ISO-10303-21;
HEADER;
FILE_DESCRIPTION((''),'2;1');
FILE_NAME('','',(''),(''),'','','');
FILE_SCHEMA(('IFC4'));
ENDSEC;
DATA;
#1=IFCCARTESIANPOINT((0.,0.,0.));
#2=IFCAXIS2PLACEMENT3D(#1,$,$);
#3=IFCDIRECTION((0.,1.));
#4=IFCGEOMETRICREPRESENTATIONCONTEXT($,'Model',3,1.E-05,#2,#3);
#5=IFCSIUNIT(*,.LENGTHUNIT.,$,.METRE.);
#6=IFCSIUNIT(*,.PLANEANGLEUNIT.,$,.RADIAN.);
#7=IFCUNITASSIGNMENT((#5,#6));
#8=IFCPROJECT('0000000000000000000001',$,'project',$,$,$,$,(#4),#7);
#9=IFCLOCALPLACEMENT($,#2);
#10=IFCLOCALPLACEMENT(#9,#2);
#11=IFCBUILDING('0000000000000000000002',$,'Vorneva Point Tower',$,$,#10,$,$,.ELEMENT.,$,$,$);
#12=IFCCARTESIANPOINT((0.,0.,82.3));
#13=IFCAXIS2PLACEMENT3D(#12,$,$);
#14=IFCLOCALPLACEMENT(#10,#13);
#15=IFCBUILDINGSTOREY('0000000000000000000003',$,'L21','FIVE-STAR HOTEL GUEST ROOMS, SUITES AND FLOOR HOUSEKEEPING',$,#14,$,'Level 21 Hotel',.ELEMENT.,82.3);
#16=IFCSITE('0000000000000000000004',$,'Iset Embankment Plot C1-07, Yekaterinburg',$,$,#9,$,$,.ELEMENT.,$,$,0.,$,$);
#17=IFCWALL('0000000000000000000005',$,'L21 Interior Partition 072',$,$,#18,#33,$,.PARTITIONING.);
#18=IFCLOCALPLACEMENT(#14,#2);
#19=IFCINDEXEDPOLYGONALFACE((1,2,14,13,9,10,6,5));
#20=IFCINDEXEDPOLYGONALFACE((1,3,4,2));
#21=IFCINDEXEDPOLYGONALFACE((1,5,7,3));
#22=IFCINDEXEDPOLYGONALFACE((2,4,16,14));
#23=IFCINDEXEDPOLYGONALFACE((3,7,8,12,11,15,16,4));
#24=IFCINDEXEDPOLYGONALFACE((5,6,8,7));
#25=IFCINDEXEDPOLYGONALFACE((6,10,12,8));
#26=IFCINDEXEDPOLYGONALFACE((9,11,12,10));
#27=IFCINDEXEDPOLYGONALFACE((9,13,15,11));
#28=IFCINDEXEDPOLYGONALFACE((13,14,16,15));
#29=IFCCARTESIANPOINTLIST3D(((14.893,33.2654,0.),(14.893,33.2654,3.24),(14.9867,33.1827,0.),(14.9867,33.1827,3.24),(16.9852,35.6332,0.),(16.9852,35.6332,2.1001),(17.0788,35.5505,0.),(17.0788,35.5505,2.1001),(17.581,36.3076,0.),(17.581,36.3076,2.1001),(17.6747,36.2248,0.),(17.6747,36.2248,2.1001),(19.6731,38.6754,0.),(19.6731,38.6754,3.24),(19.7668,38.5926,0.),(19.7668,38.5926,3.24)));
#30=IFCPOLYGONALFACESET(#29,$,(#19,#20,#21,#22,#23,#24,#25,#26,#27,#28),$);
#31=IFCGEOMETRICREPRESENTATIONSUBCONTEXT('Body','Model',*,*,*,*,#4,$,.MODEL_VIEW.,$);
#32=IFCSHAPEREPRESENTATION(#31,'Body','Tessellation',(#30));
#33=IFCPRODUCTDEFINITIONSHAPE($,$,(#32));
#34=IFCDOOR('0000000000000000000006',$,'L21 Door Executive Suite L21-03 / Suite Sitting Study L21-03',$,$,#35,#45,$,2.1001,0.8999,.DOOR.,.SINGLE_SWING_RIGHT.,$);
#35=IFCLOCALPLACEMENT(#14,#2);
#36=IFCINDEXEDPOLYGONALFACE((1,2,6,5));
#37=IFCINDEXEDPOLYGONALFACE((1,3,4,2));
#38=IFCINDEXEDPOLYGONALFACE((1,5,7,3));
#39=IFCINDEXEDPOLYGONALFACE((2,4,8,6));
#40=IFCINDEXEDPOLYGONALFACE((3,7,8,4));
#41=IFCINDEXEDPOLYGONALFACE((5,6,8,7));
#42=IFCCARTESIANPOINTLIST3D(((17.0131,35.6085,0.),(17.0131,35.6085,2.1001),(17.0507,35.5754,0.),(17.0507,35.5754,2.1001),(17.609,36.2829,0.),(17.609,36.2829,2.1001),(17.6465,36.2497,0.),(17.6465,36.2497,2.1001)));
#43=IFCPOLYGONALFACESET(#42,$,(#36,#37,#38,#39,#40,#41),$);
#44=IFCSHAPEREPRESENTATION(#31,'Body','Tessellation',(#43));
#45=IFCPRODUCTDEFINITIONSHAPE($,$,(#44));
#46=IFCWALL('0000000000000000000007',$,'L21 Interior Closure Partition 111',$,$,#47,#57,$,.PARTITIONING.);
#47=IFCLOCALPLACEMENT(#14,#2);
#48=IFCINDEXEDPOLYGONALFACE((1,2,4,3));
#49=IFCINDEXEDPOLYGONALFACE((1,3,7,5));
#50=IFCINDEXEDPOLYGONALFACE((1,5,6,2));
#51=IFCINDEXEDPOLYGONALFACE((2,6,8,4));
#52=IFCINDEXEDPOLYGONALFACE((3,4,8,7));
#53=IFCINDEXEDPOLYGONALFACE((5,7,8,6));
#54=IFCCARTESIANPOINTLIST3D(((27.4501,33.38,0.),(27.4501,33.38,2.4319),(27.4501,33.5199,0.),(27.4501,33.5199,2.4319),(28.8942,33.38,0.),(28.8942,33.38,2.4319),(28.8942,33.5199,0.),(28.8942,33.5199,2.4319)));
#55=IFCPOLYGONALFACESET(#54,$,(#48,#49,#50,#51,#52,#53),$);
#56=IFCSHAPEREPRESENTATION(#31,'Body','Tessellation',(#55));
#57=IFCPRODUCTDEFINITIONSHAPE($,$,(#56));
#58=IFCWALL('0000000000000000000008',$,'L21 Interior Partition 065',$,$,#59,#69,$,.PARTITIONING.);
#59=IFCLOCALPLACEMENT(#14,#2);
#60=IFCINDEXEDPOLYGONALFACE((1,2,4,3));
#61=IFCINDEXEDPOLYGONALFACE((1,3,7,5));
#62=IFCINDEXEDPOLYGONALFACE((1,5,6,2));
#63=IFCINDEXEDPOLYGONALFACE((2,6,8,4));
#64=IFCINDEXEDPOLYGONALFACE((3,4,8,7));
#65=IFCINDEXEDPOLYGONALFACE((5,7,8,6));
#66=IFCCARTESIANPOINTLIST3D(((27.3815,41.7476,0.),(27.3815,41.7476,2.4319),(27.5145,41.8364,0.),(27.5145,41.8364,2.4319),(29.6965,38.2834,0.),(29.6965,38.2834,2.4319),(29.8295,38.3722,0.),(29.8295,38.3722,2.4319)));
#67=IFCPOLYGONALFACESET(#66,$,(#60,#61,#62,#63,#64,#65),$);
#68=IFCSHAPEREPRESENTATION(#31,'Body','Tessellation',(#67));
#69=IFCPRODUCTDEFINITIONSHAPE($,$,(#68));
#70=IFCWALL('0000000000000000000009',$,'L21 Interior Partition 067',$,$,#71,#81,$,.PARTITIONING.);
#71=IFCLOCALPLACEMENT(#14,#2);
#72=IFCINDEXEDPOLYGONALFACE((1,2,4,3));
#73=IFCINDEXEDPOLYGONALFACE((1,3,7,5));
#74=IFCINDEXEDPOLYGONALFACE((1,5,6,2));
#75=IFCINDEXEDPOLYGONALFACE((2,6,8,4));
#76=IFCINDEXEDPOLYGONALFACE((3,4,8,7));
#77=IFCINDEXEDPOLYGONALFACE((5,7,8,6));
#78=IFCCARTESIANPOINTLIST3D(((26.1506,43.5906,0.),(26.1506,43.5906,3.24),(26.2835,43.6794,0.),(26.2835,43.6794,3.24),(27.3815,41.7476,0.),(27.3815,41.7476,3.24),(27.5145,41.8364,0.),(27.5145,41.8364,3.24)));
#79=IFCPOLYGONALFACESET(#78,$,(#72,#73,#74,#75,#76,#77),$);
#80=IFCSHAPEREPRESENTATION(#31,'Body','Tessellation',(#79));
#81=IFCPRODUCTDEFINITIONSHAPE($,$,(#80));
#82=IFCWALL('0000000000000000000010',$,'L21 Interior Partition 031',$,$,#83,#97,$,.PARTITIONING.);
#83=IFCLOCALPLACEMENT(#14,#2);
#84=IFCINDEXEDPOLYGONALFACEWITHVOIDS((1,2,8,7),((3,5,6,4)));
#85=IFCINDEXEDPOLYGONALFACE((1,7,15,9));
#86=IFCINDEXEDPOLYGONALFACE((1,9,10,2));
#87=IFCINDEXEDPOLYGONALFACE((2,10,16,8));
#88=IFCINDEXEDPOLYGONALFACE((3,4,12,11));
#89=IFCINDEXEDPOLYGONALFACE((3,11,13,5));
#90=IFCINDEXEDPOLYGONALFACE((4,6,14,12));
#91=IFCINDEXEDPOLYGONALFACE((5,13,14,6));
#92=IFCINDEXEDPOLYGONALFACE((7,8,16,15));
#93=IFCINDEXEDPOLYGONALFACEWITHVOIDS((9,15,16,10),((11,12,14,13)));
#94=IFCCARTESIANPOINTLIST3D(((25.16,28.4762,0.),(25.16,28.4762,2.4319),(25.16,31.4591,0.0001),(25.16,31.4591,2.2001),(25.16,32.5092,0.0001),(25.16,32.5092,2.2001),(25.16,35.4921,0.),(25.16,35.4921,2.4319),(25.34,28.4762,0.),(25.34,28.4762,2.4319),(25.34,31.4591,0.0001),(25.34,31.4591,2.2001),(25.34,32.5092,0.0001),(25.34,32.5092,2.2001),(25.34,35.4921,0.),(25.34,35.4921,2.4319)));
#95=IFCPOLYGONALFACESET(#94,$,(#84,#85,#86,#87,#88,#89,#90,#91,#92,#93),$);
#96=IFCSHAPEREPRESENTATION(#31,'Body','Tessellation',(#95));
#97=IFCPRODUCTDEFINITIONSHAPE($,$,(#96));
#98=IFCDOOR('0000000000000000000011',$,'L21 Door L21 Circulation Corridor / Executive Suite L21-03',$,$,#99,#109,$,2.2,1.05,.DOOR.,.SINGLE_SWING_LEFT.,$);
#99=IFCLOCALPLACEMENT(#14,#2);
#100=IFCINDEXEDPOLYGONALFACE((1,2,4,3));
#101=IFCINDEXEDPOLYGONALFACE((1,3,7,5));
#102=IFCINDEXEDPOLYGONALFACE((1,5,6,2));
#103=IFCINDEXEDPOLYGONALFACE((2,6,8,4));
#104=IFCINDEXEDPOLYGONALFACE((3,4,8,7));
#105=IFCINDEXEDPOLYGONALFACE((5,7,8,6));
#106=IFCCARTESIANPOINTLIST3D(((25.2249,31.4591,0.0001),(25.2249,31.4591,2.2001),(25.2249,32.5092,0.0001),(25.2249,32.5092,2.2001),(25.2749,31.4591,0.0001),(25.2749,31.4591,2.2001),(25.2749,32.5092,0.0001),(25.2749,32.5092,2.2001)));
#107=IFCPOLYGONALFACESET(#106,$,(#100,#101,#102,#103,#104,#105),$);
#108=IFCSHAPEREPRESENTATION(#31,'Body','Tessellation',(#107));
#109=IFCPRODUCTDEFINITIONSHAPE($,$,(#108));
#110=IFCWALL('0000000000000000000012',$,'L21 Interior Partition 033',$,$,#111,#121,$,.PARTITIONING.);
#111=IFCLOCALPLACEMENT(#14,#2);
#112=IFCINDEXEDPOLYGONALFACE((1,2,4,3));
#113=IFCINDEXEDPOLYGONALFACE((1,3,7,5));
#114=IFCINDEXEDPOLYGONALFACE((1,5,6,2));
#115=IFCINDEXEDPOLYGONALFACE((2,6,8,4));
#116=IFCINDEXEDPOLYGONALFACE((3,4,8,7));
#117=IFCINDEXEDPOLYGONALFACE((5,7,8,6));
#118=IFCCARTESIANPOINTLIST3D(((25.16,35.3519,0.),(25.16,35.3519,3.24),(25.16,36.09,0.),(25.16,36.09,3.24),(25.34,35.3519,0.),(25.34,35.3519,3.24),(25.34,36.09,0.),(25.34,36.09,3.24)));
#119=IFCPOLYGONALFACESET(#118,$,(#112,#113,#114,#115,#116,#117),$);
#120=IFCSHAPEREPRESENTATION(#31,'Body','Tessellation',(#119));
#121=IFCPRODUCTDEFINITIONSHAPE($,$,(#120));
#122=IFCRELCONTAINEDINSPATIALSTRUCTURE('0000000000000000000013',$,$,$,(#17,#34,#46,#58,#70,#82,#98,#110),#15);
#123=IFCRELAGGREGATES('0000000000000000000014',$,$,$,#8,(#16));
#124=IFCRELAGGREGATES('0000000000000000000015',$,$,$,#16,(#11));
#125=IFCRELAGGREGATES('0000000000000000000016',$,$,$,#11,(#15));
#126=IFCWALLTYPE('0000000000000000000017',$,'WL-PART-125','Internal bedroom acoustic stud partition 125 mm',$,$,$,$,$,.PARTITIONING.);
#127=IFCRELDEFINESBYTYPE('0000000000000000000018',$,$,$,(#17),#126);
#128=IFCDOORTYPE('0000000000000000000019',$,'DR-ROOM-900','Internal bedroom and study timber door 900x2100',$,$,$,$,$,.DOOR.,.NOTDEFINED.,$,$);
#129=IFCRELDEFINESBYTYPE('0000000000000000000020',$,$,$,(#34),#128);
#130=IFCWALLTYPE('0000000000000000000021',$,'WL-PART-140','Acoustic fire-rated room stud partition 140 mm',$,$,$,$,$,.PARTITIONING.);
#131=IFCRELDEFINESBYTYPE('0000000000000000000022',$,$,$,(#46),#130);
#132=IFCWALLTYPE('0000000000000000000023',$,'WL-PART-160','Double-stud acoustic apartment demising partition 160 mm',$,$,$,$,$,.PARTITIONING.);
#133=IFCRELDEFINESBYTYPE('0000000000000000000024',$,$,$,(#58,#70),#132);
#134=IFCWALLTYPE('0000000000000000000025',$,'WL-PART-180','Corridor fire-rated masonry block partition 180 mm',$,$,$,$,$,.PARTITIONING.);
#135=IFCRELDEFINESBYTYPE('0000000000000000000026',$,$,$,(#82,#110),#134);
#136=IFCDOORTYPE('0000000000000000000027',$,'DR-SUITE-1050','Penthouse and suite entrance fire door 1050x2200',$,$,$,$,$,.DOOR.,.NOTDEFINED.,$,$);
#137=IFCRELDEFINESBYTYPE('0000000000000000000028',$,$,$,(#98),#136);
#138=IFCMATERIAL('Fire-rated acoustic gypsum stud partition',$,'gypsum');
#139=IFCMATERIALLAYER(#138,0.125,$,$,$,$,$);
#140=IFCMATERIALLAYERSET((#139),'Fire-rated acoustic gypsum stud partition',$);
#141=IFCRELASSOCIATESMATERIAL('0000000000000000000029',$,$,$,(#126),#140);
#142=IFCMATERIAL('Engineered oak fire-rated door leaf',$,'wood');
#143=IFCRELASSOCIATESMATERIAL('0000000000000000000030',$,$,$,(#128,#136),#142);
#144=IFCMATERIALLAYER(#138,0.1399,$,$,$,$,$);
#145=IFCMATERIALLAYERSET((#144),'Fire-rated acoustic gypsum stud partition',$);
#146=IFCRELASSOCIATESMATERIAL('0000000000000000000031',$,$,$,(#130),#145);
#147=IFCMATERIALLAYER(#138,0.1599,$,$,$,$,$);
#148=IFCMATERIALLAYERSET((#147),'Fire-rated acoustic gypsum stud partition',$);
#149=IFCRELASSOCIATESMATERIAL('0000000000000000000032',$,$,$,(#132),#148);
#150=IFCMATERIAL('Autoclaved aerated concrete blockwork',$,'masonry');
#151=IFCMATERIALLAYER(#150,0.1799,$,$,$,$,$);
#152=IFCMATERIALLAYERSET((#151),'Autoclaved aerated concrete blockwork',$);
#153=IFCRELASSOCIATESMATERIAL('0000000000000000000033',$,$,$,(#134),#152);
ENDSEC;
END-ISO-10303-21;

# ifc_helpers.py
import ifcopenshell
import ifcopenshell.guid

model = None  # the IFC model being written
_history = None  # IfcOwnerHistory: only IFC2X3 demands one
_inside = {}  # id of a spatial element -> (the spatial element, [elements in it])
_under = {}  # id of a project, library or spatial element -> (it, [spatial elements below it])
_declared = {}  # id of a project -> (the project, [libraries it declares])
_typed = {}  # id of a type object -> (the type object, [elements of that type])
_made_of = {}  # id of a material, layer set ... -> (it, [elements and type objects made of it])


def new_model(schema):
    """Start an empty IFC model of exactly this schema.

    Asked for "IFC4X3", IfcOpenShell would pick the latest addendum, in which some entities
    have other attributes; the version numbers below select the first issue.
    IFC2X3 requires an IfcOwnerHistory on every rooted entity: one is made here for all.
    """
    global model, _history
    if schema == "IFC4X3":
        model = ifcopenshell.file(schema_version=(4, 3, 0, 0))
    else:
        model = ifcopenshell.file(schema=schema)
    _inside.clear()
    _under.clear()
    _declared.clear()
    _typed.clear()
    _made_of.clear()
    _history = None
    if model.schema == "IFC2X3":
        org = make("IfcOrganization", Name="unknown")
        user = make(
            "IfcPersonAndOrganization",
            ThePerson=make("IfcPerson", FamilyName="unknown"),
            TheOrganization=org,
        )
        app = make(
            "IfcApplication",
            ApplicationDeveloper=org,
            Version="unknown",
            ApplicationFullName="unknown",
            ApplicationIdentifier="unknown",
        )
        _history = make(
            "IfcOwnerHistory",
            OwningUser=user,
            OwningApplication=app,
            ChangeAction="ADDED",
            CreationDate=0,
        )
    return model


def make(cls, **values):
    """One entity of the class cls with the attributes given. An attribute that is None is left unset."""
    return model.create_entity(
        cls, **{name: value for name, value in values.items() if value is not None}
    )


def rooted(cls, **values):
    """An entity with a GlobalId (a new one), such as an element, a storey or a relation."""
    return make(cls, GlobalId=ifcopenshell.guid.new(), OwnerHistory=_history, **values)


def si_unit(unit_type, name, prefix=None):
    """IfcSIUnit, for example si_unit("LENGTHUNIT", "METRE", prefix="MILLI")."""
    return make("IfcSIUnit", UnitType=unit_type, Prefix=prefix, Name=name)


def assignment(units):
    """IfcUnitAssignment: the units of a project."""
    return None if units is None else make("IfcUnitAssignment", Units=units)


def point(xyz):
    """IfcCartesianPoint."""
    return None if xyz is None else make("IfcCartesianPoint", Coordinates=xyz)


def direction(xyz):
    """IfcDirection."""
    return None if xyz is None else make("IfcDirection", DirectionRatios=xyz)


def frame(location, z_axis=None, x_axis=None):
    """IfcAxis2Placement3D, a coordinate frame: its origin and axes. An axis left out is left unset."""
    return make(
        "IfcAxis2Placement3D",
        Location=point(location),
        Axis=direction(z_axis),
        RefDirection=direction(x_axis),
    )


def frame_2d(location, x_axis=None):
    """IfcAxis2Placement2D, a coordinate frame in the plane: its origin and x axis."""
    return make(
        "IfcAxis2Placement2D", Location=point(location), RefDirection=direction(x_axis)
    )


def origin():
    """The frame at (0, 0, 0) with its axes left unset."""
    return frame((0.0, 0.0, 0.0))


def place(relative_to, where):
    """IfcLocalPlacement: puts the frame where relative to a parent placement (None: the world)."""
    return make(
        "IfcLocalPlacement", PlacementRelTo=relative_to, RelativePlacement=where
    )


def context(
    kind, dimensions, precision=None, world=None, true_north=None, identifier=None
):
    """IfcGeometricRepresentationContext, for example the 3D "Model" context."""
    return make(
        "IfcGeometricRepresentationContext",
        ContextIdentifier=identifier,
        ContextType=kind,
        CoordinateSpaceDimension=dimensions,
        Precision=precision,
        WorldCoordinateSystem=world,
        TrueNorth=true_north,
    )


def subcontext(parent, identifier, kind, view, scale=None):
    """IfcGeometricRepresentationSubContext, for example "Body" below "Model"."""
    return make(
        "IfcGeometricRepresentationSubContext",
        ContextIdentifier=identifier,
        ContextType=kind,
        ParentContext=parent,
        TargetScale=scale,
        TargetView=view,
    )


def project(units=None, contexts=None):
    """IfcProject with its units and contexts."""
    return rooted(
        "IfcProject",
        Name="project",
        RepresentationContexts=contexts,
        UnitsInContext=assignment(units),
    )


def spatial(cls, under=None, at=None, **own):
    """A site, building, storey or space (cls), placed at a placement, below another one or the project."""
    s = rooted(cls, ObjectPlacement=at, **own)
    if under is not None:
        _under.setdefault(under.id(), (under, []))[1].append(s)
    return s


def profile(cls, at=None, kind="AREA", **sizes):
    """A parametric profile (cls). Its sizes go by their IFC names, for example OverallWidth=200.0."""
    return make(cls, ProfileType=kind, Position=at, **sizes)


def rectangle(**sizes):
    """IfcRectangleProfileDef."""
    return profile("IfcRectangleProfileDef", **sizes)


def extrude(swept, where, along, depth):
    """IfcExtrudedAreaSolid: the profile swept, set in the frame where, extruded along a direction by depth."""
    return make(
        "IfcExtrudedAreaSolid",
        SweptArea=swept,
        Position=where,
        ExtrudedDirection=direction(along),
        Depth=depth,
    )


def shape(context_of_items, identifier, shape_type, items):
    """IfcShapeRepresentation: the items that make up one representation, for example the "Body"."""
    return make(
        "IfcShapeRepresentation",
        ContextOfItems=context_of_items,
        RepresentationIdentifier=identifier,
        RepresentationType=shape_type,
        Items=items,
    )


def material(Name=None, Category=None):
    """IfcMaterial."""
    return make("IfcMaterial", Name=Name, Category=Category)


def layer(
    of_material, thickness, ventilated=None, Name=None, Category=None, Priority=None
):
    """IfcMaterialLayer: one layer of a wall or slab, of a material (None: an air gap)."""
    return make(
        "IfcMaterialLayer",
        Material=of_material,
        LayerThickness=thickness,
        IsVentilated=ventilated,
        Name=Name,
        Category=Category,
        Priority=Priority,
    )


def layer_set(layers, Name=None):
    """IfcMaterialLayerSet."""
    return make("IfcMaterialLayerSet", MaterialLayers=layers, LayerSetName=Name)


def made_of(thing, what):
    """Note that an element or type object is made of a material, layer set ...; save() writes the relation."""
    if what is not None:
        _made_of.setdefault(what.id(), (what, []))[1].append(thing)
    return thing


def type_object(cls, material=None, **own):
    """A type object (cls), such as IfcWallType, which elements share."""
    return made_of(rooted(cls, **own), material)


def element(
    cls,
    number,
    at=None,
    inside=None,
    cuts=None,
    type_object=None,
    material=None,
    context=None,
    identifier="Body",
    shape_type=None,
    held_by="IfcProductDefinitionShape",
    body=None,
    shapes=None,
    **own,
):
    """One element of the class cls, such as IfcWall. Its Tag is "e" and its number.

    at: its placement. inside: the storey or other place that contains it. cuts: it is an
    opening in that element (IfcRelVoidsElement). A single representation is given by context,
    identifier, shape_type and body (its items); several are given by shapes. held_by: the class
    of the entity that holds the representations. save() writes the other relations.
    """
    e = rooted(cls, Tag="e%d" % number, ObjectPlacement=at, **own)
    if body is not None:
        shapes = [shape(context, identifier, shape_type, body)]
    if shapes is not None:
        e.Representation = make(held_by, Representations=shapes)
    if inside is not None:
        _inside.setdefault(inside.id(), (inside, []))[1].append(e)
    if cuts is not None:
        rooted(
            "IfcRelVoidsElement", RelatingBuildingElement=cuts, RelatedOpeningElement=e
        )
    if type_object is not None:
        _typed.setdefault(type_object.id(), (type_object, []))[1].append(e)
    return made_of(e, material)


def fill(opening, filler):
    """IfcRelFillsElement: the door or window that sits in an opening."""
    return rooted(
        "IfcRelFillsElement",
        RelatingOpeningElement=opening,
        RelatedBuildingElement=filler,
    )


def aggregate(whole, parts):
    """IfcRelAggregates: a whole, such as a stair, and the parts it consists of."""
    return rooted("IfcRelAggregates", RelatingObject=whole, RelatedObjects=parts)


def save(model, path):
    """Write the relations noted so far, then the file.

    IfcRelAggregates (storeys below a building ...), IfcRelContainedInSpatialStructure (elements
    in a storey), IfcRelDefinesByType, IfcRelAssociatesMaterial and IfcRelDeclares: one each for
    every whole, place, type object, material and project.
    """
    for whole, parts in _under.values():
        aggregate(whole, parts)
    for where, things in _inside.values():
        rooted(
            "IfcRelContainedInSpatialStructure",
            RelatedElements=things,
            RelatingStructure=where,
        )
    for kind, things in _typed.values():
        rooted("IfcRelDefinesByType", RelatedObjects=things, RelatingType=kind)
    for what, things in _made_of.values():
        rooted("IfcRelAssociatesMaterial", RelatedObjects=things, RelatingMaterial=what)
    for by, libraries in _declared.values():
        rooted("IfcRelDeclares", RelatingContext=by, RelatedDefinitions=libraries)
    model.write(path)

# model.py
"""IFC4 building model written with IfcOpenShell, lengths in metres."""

from ifc_helpers import new_model, si_unit, direction, frame, frame_2d, origin, place, context, subcontext, project, spatial, rectangle, extrude, material, layer, layer_set, type_object, element, fill, save


model = new_model("IFC4")

# Units and contexts
model_context = context("Model", 3, precision=1e-05, world=origin(), true_north=direction((0.0, 1.0)))
body_context = subcontext(model_context, "Body", "Model", "MODEL_VIEW")
ifc_project = project(units=[si_unit("LENGTHUNIT", "METRE"), si_unit("PLANEANGLEUNIT", "RADIAN")], contexts=[model_context])

# Site, building, storey
site_placement = place(None, origin())
site = spatial("IfcSite", under=ifc_project, at=site_placement, Name="Iset Embankment Plot C1-07, Yekaterinburg", CompositionType="ELEMENT", RefElevation=0.0)
building_placement = place(site_placement, origin())
building = spatial("IfcBuilding", under=site, at=building_placement, Name="Vorneva Point Tower", CompositionType="ELEMENT")
storey_placement = place(building_placement, frame((0.0, 0.0, 82.3)))
storey = spatial("IfcBuildingStorey", under=building, at=storey_placement, Name="L21", Description="FIVE-STAR HOTEL GUEST ROOMS, SUITES AND FLOOR HOUSEKEEPING", LongName="Level 21 Hotel", CompositionType="ELEMENT", Elevation=82.3)

# Shared definitions
ifc_material_1 = material(Name="Fire-rated acoustic gypsum stud partition", Category="gypsum")

# Shared definitions
ifc_material_2 = material(Name="Engineered oak fire-rated door leaf", Category="wood")

# Shared definitions
ifc_layer_1 = layer(ifc_material_1, 0.125)
ifc_layer_set_1 = layer_set([ifc_layer_1], Name="Fire-rated acoustic gypsum stud partition")
wall_type_1 = type_object("IfcWallType", Name="WL-PART-125", Description="Internal bedroom acoustic stud partition 125 mm", PredefinedType="PARTITIONING", material=ifc_layer_set_1)

# Wall, opening, door
wall_1_placement = place(storey_placement, frame((19.72, 38.634, 0.0), z_axis=(0.0, 0.0, 1.0), x_axis=(-0.662134, -0.749386, 0.0)))
wall_1 = element("IfcWall", 1, at=wall_1_placement, inside=storey, type_object=wall_type_1, Name="L21 Interior Partition 072", PredefinedType="PARTITIONING", context=body_context, shape_type="SweptSolid", body=[
    extrude(rectangle(XDim=7.2192, YDim=0.125, at=frame_2d((3.6096, 0.0))), origin(), (0.0, 0.0, 1.0), 3.24),
])
opening_1_placement = place(wall_1_placement, frame((3.1597, 0.0, 0.0)))
opening_1 = element("IfcOpeningElement", 2, at=opening_1_placement, cuts=wall_1, PredefinedType="OPENING", context=body_context, shape_type="SweptSolid", body=[
    extrude(rectangle(XDim=0.8999, YDim=2.1001, at=frame_2d((0.45, 1.05))), frame((0.0, 0.0774, 0.0), z_axis=(0.0, -1.0, 0.0), x_axis=(1.0, 0.0, 0.0)), (0.0, 0.0, 1.0), 0.1548),
])
door_type_1 = type_object("IfcDoorType", Name="DR-ROOM-900", Description="Internal bedroom and study timber door 900x2100", OperationType="NOTDEFINED", PredefinedType="DOOR", material=ifc_material_2)
door_1_placement = place(opening_1_placement, origin())
door_1 = element("IfcDoor", 3, at=door_1_placement, inside=storey, type_object=door_type_1, Name="L21 Door Executive Suite L21-03 / Suite Sitting Study L21-03", OperationType="SINGLE_SWING_RIGHT", OverallHeight=2.1001, OverallWidth=0.8999, PredefinedType="DOOR", context=body_context, shape_type="SweptSolid", body=[
    extrude(rectangle(XDim=0.8999, YDim=2.1001, at=frame_2d((0.45, 1.05))), frame((0.0, 0.0249, 0.0), z_axis=(0.0, -1.0, 0.0), x_axis=(1.0, 0.0, 0.0)), (0.0, 0.0, 1.0), 0.05),
])
fill(opening_1, door_1)

# Walls
ifc_layer_2 = layer(ifc_material_1, 0.1399)
ifc_layer_set_2 = layer_set([ifc_layer_2], Name="Fire-rated acoustic gypsum stud partition")
wall_type_2 = type_object("IfcWallType", Name="WL-PART-140", Description="Acoustic fire-rated room stud partition 140 mm", PredefinedType="PARTITIONING", material=ifc_layer_set_2)
wall_2_placement = place(storey_placement, frame((27.45, 33.45, 0.0), z_axis=(0.0, 0.0, 1.0), x_axis=(1.0, 0.0, 0.0)))
element("IfcWall", 4, at=wall_2_placement, inside=storey, type_object=wall_type_2, Name="L21 Interior Closure Partition 111", PredefinedType="PARTITIONING", context=body_context, shape_type="SweptSolid", body=[
    extrude(rectangle(XDim=1.4441, YDim=0.1399, at=frame_2d((0.7222, 0.0))), origin(), (0.0, 0.0, 1.0), 2.4319),
])
ifc_layer_3 = layer(ifc_material_1, 0.1599)
ifc_layer_set_3 = layer_set([ifc_layer_3], Name="Fire-rated acoustic gypsum stud partition")
wall_type_3 = type_object("IfcWallType", Name="WL-PART-160", Description="Double-stud acoustic apartment demising partition 160 mm", PredefinedType="PARTITIONING", material=ifc_layer_set_3)
wall_3_placement = place(storey_placement, frame((27.448, 41.792, 0.0), z_axis=(0.0, 0.0, 1.0), x_axis=(0.555619, -0.831437, 0.0)))
element("IfcWall", 5, at=wall_3_placement, inside=storey, type_object=wall_type_3, Name="L21 Interior Partition 065", PredefinedType="PARTITIONING", context=body_context, shape_type="SweptSolid", body=[
    extrude(rectangle(XDim=4.1665, YDim=0.1599, at=frame_2d((2.0833, 0.0))), origin(), (0.0, 0.0, 1.0), 2.4319),
])
wall_4_placement = place(storey_placement, frame((26.217, 43.635, 0.0), z_axis=(0.0, 0.0, 1.0), x_axis=(0.555412, -0.831575, 0.0)))
element("IfcWall", 6, at=wall_4_placement, inside=storey, type_object=wall_type_3, Name="L21 Interior Partition 067", PredefinedType="PARTITIONING", context=body_context, shape_type="SweptSolid", body=[
    extrude(rectangle(XDim=2.2163, YDim=0.1599, at=frame_2d((1.1082, 0.0))), origin(), (0.0, 0.0, 1.0), 3.24),
])

# Wall, opening, door
ifc_material_3 = material(Name="Autoclaved aerated concrete blockwork", Category="masonry")
ifc_layer_4 = layer(ifc_material_3, 0.1799)
ifc_layer_set_4 = layer_set([ifc_layer_4], Name="Autoclaved aerated concrete blockwork")
wall_type_4 = type_object("IfcWallType", Name="WL-PART-180", Description="Corridor fire-rated masonry block partition 180 mm", PredefinedType="PARTITIONING", material=ifc_layer_set_4)
wall_5_placement = place(storey_placement, frame((25.25, 35.4919, 0.0), z_axis=(0.0, 0.0, 1.0), x_axis=(0.0, -1.0, 0.0)))
wall_5 = element("IfcWall", 7, at=wall_5_placement, inside=storey, type_object=wall_type_4, Name="L21 Interior Partition 031", PredefinedType="PARTITIONING", context=body_context, shape_type="SweptSolid", body=[
    extrude(rectangle(XDim=7.0159, YDim=0.1799, at=frame_2d((3.5078, 0.0))), origin(), (0.0, 0.0, 1.0), 2.4319),
])
opening_2_placement = place(wall_5_placement, frame((2.9829, 0.0, 0.0)))
opening_2 = element("IfcOpeningElement", 8, at=opening_2_placement, cuts=wall_5, PredefinedType="OPENING", context=body_context, shape_type="SweptSolid", body=[
    extrude(rectangle(XDim=1.05, YDim=2.2, at=frame_2d((0.5249, 1.1001))), frame((0.0, 0.105, 0.0), z_axis=(0.0, -1.0, 0.0), x_axis=(1.0, 0.0, 0.0)), (0.0, 0.0, 1.0), 0.2097),
])
door_type_2 = type_object("IfcDoorType", Name="DR-SUITE-1050", Description="Penthouse and suite entrance fire door 1050x2200", OperationType="NOTDEFINED", PredefinedType="DOOR", material=ifc_material_2)
door_2_placement = place(opening_2_placement, origin())
door_2 = element("IfcDoor", 9, at=door_2_placement, inside=storey, type_object=door_type_2, Name="L21 Door L21 Circulation Corridor / Executive Suite L21-03", OperationType="SINGLE_SWING_LEFT", OverallHeight=2.2, OverallWidth=1.05, PredefinedType="DOOR", context=body_context, shape_type="SweptSolid", body=[
    extrude(rectangle(XDim=1.05, YDim=2.2, at=frame_2d((0.5249, 1.1001))), frame((0.0, 0.0249, 0.0), z_axis=(0.0, -1.0, 0.0), x_axis=(1.0, 0.0, 0.0)), (0.0, 0.0, 1.0), 0.05),
])
fill(opening_2, door_2)

# Wall
wall_6_placement = place(storey_placement, frame((25.25, 36.0901, 0.0), z_axis=(0.0, 0.0, 1.0), x_axis=(0.0, -1.0, 0.0)))
element("IfcWall", 10, at=wall_6_placement, inside=storey, type_object=wall_type_4, Name="L21 Interior Partition 033", PredefinedType="PARTITIONING", context=body_context, shape_type="SweptSolid", body=[
    extrude(rectangle(XDim=0.738, YDim=0.1799, at=frame_2d((0.3691, 0.0))), origin(), (0.0, 0.0, 1.0), 3.24),
])

save(model, "model.ifc")
